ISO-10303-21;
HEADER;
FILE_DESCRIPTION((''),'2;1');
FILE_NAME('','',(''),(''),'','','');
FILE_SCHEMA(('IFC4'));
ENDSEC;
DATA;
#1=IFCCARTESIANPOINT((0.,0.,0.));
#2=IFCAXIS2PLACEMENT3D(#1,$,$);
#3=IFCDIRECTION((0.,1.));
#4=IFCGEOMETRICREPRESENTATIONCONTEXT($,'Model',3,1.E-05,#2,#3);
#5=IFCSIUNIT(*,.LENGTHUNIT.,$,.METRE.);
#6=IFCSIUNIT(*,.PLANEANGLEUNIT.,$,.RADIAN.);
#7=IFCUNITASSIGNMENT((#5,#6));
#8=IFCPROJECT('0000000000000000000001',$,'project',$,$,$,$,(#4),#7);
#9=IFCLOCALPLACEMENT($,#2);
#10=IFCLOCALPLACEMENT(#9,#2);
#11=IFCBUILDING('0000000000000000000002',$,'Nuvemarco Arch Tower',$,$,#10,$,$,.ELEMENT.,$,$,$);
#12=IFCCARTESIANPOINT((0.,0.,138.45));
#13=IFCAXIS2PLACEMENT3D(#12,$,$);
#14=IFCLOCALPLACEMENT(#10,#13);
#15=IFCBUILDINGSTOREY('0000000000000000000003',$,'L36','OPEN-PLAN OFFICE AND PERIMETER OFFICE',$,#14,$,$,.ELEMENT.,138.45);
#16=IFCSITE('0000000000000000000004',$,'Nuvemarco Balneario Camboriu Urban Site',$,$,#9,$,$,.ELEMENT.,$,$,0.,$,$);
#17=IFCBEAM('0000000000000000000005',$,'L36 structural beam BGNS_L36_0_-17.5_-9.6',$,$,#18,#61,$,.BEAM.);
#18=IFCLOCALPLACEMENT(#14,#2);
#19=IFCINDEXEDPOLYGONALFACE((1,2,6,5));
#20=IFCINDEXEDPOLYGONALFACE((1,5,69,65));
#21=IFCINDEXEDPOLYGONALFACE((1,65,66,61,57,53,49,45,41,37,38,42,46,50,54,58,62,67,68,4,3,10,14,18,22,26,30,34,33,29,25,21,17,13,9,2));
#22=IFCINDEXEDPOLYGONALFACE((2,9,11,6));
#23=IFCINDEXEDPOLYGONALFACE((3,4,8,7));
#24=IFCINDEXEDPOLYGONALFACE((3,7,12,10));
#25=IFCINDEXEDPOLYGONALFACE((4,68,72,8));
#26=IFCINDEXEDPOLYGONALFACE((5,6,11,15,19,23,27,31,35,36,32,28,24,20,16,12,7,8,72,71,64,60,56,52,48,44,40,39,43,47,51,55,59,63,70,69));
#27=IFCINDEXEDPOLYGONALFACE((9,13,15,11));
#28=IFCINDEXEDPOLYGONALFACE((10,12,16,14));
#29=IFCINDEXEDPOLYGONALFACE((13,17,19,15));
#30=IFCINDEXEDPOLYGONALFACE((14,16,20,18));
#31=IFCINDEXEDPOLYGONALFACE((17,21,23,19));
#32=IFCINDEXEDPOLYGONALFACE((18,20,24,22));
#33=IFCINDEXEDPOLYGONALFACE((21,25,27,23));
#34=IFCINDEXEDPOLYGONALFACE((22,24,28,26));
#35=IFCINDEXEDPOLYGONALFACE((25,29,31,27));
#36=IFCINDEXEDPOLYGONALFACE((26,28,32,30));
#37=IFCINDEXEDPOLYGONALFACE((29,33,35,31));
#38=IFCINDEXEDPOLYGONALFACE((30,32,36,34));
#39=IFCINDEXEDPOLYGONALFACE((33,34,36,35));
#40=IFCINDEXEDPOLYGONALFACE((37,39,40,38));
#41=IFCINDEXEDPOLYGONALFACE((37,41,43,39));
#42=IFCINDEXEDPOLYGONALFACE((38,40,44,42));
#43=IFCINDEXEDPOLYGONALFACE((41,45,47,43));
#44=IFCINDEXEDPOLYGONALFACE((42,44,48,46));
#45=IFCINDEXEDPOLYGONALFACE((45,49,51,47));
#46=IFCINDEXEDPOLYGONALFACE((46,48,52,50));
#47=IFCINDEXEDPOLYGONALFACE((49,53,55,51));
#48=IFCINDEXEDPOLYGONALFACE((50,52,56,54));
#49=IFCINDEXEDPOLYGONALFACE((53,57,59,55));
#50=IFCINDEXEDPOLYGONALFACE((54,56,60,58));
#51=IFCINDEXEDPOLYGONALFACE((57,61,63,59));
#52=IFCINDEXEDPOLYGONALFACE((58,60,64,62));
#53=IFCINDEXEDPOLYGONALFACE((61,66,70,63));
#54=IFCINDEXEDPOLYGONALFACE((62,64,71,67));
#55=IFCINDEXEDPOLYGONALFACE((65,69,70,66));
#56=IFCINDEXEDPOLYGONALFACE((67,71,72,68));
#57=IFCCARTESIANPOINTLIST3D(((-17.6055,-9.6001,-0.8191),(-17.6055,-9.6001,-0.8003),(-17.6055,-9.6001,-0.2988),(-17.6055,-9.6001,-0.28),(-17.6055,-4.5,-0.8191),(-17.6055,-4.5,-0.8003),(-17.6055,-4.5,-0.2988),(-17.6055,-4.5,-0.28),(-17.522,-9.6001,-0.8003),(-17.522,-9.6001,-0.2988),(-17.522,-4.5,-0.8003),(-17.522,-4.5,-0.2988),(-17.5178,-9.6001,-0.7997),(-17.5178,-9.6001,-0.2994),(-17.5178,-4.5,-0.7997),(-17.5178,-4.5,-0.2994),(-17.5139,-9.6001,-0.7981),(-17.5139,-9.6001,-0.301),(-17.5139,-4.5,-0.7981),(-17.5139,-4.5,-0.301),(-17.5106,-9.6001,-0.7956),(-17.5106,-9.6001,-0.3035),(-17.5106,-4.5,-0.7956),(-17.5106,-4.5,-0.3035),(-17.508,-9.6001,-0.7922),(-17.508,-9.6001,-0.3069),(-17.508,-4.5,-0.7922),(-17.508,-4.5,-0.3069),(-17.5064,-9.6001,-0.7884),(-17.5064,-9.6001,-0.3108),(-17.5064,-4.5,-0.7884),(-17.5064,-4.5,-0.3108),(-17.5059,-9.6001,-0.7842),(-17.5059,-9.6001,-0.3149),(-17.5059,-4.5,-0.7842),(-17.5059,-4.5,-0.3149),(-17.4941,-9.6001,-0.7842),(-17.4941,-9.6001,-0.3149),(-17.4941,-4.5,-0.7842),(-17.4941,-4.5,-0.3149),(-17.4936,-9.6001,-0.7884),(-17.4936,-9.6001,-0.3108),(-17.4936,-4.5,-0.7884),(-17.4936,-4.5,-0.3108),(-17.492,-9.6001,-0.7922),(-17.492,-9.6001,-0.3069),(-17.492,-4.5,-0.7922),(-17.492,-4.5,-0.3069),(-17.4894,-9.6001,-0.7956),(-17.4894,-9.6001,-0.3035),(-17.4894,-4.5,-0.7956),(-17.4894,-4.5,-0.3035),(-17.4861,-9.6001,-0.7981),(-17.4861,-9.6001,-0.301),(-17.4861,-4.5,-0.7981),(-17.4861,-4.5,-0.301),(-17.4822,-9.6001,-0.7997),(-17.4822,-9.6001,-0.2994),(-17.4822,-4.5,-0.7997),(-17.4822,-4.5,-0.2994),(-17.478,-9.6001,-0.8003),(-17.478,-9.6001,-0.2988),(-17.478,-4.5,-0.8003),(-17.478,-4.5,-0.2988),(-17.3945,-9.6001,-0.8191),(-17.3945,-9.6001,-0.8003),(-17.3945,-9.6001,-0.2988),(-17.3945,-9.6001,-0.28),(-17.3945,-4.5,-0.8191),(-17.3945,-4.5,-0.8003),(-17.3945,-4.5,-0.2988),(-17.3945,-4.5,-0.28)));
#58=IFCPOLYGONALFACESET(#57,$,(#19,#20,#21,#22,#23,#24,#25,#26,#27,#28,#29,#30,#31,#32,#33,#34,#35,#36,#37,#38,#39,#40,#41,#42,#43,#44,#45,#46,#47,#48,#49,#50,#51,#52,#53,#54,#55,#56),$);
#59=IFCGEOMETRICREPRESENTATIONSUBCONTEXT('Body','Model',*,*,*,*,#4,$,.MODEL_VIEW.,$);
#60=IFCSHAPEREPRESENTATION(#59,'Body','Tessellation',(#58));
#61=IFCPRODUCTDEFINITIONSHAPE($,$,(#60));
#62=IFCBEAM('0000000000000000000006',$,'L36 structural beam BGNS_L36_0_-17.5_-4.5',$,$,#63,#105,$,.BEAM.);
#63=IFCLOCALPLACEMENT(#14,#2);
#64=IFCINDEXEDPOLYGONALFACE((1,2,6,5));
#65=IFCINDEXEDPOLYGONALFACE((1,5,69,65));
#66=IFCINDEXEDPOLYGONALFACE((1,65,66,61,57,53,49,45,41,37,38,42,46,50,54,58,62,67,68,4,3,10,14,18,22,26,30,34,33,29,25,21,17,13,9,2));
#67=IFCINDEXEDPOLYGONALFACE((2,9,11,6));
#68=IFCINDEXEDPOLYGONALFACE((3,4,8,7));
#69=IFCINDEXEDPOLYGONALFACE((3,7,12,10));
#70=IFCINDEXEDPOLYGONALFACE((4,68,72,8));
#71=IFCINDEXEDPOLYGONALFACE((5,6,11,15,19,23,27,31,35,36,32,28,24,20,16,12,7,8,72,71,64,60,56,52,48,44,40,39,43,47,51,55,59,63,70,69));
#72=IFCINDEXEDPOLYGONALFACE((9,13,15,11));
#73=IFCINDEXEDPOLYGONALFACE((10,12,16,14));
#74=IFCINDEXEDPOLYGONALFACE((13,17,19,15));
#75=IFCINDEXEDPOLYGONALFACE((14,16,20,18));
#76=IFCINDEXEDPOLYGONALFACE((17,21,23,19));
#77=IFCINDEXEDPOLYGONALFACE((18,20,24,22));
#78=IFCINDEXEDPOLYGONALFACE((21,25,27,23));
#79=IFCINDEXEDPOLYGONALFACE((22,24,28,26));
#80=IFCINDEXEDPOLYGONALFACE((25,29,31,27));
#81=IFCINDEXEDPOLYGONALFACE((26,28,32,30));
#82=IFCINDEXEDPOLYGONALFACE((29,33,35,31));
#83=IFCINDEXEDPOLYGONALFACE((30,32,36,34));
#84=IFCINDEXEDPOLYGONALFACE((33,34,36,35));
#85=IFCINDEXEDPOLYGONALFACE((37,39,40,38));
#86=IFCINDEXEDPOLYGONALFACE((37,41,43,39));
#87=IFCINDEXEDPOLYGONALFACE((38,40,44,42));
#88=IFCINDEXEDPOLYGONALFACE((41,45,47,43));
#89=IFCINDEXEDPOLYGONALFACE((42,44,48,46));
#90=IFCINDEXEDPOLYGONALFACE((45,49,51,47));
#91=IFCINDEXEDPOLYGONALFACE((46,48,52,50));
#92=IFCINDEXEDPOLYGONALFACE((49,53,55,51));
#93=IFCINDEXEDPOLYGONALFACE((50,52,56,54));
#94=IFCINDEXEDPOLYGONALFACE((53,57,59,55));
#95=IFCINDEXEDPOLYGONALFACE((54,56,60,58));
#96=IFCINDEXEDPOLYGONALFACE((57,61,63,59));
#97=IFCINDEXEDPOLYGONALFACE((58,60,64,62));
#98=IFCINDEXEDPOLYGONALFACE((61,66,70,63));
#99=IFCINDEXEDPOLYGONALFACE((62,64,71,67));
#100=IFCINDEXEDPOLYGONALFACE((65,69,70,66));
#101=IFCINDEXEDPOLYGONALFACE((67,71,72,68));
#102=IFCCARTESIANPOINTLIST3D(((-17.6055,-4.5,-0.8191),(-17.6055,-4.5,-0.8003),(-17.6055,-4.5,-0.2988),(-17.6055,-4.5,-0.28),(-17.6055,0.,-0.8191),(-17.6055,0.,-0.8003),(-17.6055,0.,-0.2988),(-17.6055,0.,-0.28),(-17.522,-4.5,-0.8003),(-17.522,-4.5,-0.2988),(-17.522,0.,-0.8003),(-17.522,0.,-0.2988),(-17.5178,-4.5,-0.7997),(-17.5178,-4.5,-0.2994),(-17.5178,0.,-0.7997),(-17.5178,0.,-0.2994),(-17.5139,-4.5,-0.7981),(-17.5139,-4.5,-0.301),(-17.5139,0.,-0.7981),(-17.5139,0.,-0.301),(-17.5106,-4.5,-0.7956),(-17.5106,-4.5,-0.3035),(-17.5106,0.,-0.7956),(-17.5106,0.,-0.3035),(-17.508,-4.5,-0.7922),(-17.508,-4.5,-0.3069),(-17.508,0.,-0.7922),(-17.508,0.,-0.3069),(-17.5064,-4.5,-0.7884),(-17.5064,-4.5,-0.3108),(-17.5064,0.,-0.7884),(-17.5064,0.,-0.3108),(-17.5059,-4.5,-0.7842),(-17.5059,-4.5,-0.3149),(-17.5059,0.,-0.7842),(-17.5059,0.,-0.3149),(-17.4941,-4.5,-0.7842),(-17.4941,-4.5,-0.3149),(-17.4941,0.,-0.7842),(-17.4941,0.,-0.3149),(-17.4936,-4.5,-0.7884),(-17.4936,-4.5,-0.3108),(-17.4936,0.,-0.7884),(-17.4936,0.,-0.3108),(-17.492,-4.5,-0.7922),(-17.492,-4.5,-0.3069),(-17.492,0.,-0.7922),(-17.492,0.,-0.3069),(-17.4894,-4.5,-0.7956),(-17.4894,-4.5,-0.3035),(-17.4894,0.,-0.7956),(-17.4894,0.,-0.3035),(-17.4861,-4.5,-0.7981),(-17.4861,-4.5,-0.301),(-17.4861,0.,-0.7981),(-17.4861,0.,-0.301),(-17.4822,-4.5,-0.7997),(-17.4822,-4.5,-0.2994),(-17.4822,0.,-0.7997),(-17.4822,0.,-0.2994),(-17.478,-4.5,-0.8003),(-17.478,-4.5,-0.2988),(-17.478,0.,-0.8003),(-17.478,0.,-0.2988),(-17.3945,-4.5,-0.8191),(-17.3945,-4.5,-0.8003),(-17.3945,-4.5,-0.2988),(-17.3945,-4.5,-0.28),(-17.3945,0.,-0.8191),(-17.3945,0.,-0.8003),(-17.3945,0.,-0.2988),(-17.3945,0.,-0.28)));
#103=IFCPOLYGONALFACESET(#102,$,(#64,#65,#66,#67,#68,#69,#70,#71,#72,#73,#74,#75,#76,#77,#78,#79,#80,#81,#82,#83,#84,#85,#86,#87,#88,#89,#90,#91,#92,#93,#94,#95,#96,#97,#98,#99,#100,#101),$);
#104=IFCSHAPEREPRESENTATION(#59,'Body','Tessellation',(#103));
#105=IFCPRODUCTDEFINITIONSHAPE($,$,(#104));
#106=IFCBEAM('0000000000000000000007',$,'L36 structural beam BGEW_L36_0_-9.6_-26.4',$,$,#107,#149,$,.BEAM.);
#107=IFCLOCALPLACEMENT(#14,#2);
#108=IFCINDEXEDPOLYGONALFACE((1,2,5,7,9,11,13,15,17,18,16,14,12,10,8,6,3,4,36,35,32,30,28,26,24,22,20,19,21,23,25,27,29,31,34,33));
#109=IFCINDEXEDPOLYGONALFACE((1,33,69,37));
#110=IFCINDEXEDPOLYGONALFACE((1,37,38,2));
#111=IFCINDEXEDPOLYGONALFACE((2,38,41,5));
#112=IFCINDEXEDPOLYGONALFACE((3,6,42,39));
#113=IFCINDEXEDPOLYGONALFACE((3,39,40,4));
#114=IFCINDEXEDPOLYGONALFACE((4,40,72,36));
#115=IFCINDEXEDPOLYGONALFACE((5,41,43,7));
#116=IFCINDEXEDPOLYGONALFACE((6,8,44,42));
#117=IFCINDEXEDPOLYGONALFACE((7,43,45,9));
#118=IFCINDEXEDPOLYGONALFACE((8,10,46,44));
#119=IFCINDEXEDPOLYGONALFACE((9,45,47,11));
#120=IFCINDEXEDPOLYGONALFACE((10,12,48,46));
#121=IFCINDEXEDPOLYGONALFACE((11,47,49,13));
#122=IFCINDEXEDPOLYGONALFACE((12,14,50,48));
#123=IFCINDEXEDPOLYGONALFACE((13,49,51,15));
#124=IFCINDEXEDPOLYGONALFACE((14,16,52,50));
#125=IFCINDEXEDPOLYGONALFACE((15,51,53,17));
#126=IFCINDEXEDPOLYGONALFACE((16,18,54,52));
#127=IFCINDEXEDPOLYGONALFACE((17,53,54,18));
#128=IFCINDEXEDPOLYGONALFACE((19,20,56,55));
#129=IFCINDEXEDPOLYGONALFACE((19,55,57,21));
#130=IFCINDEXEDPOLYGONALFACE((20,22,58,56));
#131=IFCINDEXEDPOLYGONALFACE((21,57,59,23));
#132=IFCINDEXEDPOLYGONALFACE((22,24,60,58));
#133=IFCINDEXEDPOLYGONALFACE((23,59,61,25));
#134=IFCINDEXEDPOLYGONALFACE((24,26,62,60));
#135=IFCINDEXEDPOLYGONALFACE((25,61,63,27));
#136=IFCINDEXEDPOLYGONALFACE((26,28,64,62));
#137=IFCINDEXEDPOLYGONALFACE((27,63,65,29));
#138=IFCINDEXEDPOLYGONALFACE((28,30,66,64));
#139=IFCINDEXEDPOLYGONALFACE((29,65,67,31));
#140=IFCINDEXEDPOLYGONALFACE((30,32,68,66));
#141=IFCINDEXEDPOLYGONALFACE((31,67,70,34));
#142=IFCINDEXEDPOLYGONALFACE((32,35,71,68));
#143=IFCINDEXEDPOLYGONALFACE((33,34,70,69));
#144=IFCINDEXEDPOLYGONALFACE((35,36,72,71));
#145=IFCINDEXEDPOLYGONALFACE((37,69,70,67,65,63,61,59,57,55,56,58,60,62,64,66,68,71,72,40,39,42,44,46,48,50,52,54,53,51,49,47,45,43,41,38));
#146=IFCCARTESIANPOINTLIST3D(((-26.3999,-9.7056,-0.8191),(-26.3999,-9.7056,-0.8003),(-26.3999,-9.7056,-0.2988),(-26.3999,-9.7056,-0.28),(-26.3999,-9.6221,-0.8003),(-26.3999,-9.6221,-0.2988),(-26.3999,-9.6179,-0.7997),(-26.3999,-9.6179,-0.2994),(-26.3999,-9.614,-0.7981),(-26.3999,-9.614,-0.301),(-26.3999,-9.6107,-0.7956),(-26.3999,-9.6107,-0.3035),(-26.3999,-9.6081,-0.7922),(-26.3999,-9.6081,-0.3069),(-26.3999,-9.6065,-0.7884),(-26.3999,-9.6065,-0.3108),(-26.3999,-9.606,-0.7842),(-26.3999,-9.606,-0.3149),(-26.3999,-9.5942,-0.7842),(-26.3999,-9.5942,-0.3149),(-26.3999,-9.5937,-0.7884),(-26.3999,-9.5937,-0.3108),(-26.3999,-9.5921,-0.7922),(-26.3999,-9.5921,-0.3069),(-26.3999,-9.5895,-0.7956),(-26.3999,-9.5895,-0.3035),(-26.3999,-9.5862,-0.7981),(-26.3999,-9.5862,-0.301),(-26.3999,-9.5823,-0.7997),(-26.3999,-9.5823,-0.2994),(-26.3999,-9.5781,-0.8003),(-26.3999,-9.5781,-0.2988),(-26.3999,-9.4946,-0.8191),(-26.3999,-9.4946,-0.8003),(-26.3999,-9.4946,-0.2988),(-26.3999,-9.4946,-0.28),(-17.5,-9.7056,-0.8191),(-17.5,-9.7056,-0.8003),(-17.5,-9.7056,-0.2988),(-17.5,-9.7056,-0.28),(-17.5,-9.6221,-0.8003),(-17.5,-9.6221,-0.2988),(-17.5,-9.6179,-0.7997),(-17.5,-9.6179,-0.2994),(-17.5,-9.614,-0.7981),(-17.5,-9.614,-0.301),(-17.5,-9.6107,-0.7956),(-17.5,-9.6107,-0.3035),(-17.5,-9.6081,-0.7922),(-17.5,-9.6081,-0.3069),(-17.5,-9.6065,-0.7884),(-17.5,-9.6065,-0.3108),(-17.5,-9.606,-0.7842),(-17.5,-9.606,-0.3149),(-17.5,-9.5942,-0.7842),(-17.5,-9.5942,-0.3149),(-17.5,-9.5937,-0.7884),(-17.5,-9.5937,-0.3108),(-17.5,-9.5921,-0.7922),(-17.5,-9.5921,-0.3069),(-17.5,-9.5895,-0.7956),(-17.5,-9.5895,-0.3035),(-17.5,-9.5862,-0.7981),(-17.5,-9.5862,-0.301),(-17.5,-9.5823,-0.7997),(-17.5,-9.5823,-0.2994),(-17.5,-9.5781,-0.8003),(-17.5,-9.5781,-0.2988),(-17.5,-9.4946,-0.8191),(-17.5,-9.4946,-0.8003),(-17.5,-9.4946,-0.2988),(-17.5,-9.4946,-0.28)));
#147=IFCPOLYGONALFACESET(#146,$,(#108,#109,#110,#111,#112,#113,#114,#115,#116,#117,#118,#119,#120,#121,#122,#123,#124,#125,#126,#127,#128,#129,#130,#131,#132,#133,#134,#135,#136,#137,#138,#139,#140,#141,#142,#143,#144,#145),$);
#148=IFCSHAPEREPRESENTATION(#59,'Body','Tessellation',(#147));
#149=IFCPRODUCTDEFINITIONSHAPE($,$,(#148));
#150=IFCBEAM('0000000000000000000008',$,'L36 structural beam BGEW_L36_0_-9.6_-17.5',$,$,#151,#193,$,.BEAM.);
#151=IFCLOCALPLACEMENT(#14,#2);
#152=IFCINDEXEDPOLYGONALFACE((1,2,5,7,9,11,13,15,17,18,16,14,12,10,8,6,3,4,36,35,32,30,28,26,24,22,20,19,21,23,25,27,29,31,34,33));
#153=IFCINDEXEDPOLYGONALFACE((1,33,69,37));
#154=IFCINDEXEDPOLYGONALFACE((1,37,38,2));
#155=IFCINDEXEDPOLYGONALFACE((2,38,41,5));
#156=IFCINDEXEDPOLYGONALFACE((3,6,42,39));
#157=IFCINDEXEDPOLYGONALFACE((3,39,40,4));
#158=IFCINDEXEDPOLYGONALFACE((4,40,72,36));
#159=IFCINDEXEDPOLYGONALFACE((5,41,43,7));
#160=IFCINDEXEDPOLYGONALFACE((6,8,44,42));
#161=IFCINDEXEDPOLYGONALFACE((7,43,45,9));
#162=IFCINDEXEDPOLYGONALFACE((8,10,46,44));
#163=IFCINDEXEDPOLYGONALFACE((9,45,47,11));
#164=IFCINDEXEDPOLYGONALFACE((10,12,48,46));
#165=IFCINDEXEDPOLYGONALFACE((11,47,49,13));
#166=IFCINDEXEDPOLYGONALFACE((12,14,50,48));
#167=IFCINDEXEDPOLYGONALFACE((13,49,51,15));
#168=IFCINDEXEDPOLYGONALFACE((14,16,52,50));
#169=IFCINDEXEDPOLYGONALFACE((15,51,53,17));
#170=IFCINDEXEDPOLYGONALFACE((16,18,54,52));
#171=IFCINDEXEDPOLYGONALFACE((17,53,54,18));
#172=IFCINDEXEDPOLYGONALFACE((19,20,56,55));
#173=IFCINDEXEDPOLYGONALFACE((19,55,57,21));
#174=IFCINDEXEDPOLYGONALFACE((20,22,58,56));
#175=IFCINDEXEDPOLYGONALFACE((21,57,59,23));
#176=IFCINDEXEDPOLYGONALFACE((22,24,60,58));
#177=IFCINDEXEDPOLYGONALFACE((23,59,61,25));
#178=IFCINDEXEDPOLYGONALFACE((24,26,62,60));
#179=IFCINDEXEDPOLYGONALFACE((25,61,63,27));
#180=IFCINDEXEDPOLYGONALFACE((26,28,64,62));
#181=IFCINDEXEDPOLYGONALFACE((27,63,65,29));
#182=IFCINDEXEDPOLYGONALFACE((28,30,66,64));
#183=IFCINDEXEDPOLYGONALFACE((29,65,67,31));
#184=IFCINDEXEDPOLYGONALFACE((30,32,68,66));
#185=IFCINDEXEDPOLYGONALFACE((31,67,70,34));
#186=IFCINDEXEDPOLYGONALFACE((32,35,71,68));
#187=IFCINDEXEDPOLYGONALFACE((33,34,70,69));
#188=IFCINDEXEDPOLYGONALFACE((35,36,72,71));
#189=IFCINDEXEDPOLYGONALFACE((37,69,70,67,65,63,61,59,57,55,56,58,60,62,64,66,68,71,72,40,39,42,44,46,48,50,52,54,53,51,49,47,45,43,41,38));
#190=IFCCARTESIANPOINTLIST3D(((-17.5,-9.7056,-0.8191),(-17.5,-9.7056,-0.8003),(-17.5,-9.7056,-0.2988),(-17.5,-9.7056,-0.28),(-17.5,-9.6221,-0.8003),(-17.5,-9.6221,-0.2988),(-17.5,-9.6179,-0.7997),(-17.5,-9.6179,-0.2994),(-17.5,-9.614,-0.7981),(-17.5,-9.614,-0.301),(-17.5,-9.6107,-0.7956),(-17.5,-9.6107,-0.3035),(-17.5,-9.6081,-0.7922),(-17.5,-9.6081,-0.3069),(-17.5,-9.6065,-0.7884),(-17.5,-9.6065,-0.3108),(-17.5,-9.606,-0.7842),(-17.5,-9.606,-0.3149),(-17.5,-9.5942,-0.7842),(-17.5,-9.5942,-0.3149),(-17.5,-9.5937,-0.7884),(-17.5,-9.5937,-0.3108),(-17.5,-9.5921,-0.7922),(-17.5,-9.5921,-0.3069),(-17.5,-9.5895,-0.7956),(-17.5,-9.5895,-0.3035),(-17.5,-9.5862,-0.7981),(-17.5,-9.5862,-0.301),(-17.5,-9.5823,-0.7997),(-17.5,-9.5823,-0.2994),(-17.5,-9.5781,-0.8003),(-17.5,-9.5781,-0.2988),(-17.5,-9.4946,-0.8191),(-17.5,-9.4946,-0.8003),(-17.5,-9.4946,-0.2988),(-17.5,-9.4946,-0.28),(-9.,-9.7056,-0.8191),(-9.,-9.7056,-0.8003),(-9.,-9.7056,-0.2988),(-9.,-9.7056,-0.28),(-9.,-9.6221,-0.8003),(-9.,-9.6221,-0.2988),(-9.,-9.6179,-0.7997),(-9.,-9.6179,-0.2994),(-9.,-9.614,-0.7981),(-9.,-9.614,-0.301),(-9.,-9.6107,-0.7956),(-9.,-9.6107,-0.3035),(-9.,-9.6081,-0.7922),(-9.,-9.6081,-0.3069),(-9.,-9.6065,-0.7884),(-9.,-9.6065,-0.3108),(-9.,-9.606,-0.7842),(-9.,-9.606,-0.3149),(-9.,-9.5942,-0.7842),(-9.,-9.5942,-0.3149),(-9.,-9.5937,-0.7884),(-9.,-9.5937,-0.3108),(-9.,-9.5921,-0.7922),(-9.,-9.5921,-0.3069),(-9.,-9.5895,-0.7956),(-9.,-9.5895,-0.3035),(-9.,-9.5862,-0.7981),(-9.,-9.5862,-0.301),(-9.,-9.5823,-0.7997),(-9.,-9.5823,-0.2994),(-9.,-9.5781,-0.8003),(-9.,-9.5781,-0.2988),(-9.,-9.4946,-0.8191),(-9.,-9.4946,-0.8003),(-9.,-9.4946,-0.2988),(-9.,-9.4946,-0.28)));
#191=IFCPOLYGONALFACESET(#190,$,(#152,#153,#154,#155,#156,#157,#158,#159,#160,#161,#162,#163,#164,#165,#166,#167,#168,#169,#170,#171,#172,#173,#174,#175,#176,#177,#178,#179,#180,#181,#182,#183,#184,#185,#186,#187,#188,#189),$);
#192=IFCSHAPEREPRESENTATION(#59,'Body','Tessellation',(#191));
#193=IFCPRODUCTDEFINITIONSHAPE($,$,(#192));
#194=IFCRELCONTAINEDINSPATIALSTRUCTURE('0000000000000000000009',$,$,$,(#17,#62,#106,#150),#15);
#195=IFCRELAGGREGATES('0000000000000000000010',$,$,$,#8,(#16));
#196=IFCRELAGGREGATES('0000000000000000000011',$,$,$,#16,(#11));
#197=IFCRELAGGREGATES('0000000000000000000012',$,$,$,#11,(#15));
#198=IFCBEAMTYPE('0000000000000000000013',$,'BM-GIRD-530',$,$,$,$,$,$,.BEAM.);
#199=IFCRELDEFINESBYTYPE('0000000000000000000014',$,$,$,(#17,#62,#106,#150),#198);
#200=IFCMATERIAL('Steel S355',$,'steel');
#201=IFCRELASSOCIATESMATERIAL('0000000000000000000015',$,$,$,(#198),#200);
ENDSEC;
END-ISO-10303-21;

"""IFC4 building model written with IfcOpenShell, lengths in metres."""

from ifc_helpers import new_model, si_unit, direction, frame, origin, origin_2d, place, context, subcontext, project, spatial, i_section, extrude, material, material_profile, profile_set, type_object, element, save


model = new_model("IFC4")

# Units and contexts
model_context = context("Model", 3, precision=1e-05, world=origin(), true_north=direction((0.0, 1.0)))
body_context = subcontext(model_context, "Body", "Model", "MODEL_VIEW")
ifc_project = project(units=[si_unit("LENGTHUNIT", "METRE"), si_unit("PLANEANGLEUNIT", "RADIAN")], contexts=[model_context])

# Site, building, storey
site_placement = place(None, origin())
site = spatial("IfcSite", under=ifc_project, at=site_placement, Name="Nuvemarco Balneario Camboriu Urban Site", CompositionType="ELEMENT", RefElevation=0.0)
building_placement = place(site_placement, origin())
building = spatial("IfcBuilding", under=site, at=building_placement, Name="Nuvemarco Arch Tower", CompositionType="ELEMENT")
storey_placement = place(building_placement, frame((0.0, 0.0, 138.45)))
storey = spatial("IfcBuildingStorey", under=building, at=storey_placement, Name="L36", Description="OPEN-PLAN OFFICE AND PERIMETER OFFICE", CompositionType="ELEMENT", Elevation=138.45)

# Shared definitions
ifc_material_1 = material(Name="Steel S355", Category="steel")

# Beams
ifc_material_profile_1 = material_profile(ifc_material_1, i_section(OverallWidth=0.2109, OverallDepth=0.5391, WebThickness=0.0117, FlangeThickness=0.0188, FilletRadius=0.0161, at=origin_2d()), Name="W530x109")
ifc_profile_set_1 = profile_set([ifc_material_profile_1], Name="Steel S355")
beam_type_1 = type_object("IfcBeamType", Name="BM-GIRD-530", PredefinedType="BEAM", material=ifc_profile_set_1)
beam_1_placement = place(storey_placement, frame((-17.5, -9.6001, -0.5496), z_axis=(0.0, 1.0, 0.0), x_axis=(-1.0, 0.0, 0.0)))
element("IfcBeam", 1, at=beam_1_placement, inside=storey, type_object=beam_type_1, Name="L36 structural beam BGNS_L36_0_-17.5_-9.6", PredefinedType="BEAM", context=body_context, shape_type="SweptSolid", body=[
    extrude(i_section(OverallWidth=0.2109, OverallDepth=0.5391, WebThickness=0.0117, FlangeThickness=0.0188, FilletRadius=0.0161, at=origin_2d()), origin(), (0.0, 0.0, 1.0), 5.1001),
])
beam_2_placement = place(storey_placement, frame((-17.5, -4.5, -0.5496), z_axis=(0.0, 1.0, 0.0), x_axis=(-1.0, 0.0, 0.0)))
element("IfcBeam", 2, at=beam_2_placement, inside=storey, type_object=beam_type_1, Name="L36 structural beam BGNS_L36_0_-17.5_-4.5", PredefinedType="BEAM", context=body_context, shape_type="SweptSolid", body=[
    extrude(i_section(OverallWidth=0.2109, OverallDepth=0.5391, WebThickness=0.0117, FlangeThickness=0.0188, FilletRadius=0.0161, at=origin_2d()), origin(), (0.0, 0.0, 1.0), 4.5),
])
beam_3_placement = place(storey_placement, frame((-26.3999, -9.6001, -0.5496), z_axis=(1.0, 0.0, 0.0), x_axis=(0.0, 1.0, 0.0)))
element("IfcBeam", 3, at=beam_3_placement, inside=storey, type_object=beam_type_1, Name="L36 structural beam BGEW_L36_0_-9.6_-26.4", PredefinedType="BEAM", context=body_context, shape_type="SweptSolid", body=[
    extrude(i_section(OverallWidth=0.2109, OverallDepth=0.5391, WebThickness=0.0117, FlangeThickness=0.0188, FilletRadius=0.0161, at=origin_2d()), origin(), (0.0, 0.0, 1.0), 8.8999),
])
beam_4_placement = place(storey_placement, frame((-17.5, -9.6001, -0.5496), z_axis=(1.0, 0.0, 0.0), x_axis=(0.0, 1.0, 0.0)))
element("IfcBeam", 4, at=beam_4_placement, inside=storey, type_object=beam_type_1, Name="L36 structural beam BGEW_L36_0_-9.6_-17.5", PredefinedType="BEAM", context=body_context, shape_type="SweptSolid", body=[
    extrude(i_section(OverallWidth=0.2109, OverallDepth=0.5391, WebThickness=0.0117, FlangeThickness=0.0188, FilletRadius=0.0161, at=origin_2d()), origin(), (0.0, 0.0, 1.0), 8.5),
])

save(model, "model.ifc")
